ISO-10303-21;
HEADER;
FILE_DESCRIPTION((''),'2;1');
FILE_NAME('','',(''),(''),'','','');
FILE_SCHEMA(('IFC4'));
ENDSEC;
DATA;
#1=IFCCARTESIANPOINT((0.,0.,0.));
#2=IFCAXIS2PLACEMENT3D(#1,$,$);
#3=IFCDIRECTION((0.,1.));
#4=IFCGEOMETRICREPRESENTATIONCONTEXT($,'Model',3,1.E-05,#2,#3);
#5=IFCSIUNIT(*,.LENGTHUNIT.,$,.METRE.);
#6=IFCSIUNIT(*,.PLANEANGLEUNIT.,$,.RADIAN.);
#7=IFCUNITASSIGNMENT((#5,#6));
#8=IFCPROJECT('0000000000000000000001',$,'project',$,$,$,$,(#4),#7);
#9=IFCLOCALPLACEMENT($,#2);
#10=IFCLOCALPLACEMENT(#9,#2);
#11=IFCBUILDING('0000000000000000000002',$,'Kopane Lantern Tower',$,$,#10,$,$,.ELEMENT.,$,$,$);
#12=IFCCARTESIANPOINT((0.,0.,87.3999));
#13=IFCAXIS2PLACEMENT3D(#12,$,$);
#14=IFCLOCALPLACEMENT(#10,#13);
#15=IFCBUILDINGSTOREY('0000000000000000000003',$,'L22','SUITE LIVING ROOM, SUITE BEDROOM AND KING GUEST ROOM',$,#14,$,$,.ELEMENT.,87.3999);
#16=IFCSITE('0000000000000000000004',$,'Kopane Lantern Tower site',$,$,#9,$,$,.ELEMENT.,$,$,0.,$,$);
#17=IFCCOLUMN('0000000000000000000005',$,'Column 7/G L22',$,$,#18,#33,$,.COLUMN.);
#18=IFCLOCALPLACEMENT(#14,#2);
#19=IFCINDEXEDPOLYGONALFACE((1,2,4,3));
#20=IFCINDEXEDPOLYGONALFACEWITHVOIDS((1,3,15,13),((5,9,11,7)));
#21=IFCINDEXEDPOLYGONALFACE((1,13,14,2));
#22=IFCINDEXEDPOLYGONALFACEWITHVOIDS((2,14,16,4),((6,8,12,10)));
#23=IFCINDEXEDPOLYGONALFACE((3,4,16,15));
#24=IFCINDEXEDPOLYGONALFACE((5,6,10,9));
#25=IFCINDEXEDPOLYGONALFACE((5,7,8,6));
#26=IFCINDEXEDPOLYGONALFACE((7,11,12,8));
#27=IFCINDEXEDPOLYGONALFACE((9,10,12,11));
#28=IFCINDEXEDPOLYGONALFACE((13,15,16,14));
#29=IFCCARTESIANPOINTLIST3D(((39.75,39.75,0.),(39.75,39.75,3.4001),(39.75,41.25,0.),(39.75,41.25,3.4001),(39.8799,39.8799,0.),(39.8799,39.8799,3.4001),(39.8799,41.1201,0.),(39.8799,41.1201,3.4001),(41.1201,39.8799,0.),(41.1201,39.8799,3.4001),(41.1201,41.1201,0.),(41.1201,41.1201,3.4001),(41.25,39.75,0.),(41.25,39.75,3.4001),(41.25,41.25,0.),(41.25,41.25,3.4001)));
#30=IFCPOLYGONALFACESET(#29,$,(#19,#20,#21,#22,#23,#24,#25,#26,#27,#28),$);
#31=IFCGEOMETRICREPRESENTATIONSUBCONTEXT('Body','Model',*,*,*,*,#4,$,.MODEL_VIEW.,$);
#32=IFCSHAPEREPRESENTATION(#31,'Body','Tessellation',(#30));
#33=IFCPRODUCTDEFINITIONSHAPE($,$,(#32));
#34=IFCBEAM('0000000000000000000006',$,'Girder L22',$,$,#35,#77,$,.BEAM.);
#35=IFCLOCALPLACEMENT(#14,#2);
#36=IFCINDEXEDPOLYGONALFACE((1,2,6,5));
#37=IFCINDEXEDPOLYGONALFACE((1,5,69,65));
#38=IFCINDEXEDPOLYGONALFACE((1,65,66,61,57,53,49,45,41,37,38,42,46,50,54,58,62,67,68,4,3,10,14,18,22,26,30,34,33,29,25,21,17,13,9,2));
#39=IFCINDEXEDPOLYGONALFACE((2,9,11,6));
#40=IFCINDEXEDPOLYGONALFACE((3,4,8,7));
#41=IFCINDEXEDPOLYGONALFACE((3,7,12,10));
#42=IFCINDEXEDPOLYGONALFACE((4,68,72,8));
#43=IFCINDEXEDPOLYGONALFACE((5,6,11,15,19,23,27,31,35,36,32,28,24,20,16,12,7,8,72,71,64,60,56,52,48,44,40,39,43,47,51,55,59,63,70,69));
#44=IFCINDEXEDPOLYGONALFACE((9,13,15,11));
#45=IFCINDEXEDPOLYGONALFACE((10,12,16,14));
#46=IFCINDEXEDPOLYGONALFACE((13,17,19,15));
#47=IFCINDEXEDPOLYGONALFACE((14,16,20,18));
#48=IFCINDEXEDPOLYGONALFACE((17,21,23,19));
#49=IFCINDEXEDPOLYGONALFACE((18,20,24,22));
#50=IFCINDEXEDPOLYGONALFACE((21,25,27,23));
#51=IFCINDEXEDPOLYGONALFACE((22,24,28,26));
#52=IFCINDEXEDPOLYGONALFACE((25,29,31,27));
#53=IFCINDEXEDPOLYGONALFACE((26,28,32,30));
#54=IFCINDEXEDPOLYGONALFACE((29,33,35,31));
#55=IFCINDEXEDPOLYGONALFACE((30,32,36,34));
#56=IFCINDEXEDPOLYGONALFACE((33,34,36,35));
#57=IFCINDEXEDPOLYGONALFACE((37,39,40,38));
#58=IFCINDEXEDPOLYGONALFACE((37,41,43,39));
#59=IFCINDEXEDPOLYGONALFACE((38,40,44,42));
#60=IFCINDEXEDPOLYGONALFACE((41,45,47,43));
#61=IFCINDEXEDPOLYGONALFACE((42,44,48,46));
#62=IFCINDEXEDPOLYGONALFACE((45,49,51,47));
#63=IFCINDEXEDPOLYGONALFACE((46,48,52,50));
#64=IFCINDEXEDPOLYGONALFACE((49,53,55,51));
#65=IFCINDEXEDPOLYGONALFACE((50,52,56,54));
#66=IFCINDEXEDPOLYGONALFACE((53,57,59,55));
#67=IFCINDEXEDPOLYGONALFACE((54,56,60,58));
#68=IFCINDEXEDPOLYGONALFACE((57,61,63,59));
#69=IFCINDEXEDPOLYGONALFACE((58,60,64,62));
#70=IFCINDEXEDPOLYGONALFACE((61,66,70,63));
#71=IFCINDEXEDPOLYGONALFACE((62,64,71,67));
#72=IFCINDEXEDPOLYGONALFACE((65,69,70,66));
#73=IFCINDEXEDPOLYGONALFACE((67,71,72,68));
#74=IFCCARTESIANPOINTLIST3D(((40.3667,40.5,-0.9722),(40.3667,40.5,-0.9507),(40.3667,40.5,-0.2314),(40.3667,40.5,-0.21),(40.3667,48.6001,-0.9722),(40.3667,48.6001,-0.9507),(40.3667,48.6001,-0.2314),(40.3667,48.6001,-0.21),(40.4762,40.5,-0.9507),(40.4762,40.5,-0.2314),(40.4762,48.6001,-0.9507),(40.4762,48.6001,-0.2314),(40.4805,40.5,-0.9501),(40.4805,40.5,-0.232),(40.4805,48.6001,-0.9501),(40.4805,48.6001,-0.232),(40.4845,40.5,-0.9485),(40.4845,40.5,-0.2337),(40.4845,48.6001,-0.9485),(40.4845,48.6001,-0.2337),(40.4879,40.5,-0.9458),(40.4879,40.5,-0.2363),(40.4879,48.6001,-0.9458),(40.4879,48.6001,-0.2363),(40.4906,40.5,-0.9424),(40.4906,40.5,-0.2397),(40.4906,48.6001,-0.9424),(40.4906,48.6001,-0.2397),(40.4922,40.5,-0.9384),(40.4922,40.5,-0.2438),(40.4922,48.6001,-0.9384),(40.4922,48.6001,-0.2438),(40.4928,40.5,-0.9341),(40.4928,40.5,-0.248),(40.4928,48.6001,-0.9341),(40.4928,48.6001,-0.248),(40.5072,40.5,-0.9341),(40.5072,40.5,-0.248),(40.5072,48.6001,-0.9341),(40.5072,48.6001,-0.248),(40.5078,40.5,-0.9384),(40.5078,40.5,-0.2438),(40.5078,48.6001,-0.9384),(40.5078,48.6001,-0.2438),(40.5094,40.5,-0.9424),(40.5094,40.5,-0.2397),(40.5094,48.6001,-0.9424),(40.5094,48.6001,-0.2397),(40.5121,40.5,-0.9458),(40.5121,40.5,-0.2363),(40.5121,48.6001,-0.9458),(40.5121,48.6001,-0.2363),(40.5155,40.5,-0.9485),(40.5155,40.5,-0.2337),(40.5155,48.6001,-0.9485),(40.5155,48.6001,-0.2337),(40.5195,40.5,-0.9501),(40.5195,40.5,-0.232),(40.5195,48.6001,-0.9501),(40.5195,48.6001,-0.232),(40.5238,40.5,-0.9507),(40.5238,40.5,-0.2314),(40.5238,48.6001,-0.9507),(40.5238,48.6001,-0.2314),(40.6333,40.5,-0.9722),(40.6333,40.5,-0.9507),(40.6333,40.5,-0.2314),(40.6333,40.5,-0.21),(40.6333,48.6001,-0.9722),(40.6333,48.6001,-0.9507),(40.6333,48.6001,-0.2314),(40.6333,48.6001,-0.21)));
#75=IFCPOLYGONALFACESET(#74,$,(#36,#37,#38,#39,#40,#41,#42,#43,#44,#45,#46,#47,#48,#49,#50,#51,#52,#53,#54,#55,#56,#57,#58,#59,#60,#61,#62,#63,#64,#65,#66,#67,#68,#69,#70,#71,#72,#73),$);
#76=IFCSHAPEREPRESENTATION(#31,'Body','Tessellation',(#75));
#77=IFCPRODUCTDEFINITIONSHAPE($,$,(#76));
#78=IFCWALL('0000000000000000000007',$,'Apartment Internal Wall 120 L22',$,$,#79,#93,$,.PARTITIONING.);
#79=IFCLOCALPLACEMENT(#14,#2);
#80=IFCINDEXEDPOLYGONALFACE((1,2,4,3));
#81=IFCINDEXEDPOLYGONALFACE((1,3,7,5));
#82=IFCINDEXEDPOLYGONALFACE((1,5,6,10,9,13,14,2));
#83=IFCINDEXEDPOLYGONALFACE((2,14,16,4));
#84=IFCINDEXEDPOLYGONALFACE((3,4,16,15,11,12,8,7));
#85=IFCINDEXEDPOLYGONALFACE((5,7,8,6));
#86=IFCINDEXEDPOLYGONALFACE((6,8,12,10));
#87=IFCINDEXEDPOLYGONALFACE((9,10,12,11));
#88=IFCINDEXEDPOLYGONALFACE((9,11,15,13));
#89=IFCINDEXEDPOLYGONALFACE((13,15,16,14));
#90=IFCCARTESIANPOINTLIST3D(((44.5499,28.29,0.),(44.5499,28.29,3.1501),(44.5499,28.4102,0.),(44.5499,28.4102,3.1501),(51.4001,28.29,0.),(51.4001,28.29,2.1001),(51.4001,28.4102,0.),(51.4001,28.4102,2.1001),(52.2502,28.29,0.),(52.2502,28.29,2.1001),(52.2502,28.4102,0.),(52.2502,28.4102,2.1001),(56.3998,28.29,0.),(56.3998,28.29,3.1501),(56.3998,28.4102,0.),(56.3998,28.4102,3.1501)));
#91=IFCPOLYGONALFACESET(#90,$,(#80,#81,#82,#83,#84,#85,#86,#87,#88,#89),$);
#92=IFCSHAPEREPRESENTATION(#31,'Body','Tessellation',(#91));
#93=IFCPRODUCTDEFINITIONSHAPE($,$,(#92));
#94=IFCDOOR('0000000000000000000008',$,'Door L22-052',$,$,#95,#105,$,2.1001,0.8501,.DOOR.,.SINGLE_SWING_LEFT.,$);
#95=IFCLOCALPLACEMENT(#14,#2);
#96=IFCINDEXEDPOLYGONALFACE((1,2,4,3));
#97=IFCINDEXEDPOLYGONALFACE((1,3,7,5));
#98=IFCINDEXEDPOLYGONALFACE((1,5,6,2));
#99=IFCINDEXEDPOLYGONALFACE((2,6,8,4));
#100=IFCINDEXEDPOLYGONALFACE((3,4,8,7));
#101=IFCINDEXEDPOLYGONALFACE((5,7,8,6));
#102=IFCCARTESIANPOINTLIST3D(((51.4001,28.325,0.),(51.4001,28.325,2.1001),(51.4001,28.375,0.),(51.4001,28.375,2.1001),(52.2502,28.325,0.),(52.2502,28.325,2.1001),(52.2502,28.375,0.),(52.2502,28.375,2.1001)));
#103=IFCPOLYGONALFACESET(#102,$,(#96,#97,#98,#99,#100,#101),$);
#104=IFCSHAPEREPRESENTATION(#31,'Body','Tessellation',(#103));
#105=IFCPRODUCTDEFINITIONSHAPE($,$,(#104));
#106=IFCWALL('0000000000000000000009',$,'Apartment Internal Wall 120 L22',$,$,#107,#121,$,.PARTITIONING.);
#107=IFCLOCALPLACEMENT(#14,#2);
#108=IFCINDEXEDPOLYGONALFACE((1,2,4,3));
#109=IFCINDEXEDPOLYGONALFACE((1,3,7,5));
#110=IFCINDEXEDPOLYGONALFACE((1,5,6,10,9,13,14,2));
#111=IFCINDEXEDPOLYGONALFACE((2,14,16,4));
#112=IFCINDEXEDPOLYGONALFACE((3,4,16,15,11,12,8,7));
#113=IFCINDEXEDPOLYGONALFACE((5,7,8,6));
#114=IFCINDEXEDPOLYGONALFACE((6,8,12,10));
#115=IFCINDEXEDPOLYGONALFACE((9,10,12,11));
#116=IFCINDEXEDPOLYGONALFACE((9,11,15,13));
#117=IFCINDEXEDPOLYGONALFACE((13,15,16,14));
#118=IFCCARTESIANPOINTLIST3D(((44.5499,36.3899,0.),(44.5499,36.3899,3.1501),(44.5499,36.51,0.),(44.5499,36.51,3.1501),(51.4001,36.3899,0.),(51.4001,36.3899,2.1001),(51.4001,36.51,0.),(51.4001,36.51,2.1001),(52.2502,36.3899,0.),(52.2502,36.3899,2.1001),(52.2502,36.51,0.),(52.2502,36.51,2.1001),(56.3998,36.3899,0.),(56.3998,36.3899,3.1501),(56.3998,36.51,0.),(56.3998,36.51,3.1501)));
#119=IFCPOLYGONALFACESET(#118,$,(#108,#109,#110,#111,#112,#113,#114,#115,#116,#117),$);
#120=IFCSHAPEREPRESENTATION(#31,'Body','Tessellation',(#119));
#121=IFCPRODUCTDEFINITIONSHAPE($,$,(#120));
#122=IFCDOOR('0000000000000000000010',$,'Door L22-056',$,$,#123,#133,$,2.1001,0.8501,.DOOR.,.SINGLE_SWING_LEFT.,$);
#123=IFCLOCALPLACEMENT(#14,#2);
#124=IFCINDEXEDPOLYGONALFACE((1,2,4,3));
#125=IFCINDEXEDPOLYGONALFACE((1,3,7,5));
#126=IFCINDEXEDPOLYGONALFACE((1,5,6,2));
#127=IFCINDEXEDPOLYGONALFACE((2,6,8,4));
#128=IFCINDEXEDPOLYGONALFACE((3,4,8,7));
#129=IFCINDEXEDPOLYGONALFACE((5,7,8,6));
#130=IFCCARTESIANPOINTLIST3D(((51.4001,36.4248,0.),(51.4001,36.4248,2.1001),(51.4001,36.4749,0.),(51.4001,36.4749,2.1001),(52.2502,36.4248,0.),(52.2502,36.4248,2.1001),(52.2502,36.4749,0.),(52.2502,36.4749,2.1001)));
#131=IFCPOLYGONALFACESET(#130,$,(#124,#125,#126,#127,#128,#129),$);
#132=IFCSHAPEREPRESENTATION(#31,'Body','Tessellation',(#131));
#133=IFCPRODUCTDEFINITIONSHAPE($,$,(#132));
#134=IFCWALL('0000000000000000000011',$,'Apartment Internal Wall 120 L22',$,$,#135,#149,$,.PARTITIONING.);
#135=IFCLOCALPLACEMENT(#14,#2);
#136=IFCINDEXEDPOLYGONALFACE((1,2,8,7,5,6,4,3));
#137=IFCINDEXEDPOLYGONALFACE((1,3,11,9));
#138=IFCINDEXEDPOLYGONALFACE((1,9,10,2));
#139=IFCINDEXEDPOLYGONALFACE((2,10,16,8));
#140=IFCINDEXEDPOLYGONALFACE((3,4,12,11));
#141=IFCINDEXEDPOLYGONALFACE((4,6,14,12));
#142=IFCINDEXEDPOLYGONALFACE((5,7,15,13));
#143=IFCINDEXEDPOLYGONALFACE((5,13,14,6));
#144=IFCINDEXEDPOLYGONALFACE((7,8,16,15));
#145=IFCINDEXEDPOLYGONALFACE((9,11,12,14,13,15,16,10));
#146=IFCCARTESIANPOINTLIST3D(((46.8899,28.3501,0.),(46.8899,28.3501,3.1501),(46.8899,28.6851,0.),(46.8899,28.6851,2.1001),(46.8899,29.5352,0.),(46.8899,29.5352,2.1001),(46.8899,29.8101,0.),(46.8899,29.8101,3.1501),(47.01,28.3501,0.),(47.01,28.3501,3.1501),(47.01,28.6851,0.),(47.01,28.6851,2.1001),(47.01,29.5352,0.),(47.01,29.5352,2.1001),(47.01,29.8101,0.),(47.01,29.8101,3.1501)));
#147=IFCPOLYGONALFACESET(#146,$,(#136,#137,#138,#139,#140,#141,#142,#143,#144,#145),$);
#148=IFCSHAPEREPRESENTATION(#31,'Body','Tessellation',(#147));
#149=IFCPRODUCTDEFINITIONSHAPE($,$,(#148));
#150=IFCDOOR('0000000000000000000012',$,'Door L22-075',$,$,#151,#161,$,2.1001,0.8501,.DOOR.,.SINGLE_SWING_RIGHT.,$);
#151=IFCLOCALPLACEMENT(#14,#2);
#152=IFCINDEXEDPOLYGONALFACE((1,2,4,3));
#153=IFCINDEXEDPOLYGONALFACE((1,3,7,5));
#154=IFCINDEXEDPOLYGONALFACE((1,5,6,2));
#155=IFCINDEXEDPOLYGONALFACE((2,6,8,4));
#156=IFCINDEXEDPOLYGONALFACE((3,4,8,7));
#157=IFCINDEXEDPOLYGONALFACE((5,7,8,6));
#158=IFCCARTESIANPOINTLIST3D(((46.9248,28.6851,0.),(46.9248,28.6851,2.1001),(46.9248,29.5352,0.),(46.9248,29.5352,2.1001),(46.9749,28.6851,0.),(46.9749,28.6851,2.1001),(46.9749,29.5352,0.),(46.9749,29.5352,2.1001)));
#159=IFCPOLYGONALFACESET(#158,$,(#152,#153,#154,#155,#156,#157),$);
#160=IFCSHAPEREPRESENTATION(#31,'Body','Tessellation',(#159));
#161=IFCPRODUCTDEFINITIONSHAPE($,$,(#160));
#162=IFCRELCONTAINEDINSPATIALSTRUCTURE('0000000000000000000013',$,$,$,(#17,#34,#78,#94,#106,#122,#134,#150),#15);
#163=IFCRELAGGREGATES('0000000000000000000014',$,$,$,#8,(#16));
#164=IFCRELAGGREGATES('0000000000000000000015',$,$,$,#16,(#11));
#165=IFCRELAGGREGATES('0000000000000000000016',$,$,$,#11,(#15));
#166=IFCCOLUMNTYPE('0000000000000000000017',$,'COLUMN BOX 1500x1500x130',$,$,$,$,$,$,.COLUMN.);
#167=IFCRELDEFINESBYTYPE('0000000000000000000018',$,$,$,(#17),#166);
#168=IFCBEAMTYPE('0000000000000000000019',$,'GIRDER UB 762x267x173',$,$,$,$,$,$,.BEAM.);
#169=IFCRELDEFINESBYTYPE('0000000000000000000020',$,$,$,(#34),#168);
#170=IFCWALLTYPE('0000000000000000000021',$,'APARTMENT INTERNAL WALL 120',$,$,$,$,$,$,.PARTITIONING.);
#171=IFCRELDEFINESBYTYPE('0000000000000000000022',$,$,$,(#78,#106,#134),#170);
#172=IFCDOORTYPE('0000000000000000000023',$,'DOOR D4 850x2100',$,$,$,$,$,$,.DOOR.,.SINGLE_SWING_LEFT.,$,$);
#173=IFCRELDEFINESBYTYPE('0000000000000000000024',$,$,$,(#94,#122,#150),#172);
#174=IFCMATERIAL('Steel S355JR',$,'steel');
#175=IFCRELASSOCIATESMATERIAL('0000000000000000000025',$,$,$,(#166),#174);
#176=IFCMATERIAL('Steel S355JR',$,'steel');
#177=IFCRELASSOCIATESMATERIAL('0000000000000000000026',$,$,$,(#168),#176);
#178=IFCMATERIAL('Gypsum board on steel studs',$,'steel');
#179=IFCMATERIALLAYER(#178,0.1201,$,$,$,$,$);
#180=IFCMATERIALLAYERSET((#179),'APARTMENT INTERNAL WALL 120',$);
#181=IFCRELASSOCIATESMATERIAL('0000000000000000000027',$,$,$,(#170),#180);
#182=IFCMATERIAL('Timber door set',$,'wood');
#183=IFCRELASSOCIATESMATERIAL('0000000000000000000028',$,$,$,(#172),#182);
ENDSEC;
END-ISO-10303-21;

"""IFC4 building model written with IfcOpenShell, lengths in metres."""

from ifc_helpers import new_model, si_unit, direction, frame, frame_2d, origin, origin_2d, place, context, subcontext, project, spatial, rectangle, hollow_rectangle, i_section, extrude, material, layer, layer_set, material_profile, profile_set, type_object, element, fill, save


model = new_model("IFC4")

# Units and contexts
model_context = context("Model", 3, precision=1e-05, world=origin(), true_north=direction((0.0, 1.0)))
body_context = subcontext(model_context, "Body", "Model", "MODEL_VIEW")
ifc_project = project(units=[si_unit("LENGTHUNIT", "METRE"), si_unit("PLANEANGLEUNIT", "RADIAN")], contexts=[model_context])

# Site, building, storey
site_placement = place(None, origin())
site = spatial("IfcSite", under=ifc_project, at=site_placement, Name="Kopane Lantern Tower site", CompositionType="ELEMENT", RefElevation=0.0)
building_placement = place(site_placement, origin())
building = spatial("IfcBuilding", under=site, at=building_placement, Name="Kopane Lantern Tower", CompositionType="ELEMENT")
storey_placement = place(building_placement, frame((0.0, 0.0, 87.3999)))
storey = spatial("IfcBuildingStorey", under=building, at=storey_placement, Name="L22", Description="SUITE LIVING ROOM, SUITE BEDROOM AND KING GUEST ROOM", CompositionType="ELEMENT", Elevation=87.3999)

# Column
ifc_material_1 = material(Name="Steel S355JR", Category="steel")
ifc_material_profile_1 = material_profile(ifc_material_1, hollow_rectangle(XDim=1.5, YDim=1.5, WallThickness=0.1299, at=origin_2d()), Name="BOX 1500x1500x130")
ifc_profile_set_1 = profile_set([ifc_material_profile_1], Name="Steel S355JR")
column_type = type_object("IfcColumnType", Name="COLUMN BOX 1500x1500x130", PredefinedType="COLUMN", material=ifc_profile_set_1)
column_placement = place(storey_placement, frame((40.5, 40.5, 0.0), z_axis=(0.0, 0.0, 1.0), x_axis=(1.0, 0.0, 0.0)))
element("IfcColumn", 1, at=column_placement, inside=storey, type_object=column_type, Name="Column 7/G L22", PredefinedType="COLUMN", context=body_context, shape_type="SweptSolid", body=[
    extrude(hollow_rectangle(XDim=1.5, YDim=1.5, WallThickness=0.1299, at=origin_2d()), origin(), (0.0, 0.0, 1.0), 3.4001),
])

# Beam
ifc_material_2 = material(Name="Steel S355JR", Category="steel")
ifc_material_profile_2 = material_profile(ifc_material_2, i_section(OverallWidth=0.2666, OverallDepth=0.7622, WebThickness=0.0144, FlangeThickness=0.0215, FilletRadius=0.0166, at=origin_2d()), Name="UB 762x267x173")
ifc_profile_set_2 = profile_set([ifc_material_profile_2], Name="Steel S355JR")
beam_type = type_object("IfcBeamType", Name="GIRDER UB 762x267x173", PredefinedType="BEAM", material=ifc_profile_set_2)
beam_placement = place(storey_placement, frame((40.5, 40.5, -0.5911), z_axis=(0.0, 1.0, 0.0), x_axis=(-1.0, 0.0, 0.0)))
element("IfcBeam", 2, at=beam_placement, inside=storey, type_object=beam_type, Name="Girder L22", PredefinedType="BEAM", context=body_context, shape_type="SweptSolid", body=[
    extrude(i_section(OverallWidth=0.2666, OverallDepth=0.7622, WebThickness=0.0144, FlangeThickness=0.0215, FilletRadius=0.0166, at=origin_2d()), origin(), (0.0, 0.0, 1.0), 8.1001),
])

# Walls, openings, doors
ifc_material_3 = material(Name="Gypsum board on steel studs", Category="steel")
ifc_layer_1 = layer(ifc_material_3, 0.1201)
ifc_layer_set_1 = layer_set([ifc_layer_1], Name="APARTMENT INTERNAL WALL 120")
wall_type_1 = type_object("IfcWallType", Name="APARTMENT INTERNAL WALL 120", PredefinedType="PARTITIONING", material=ifc_layer_set_1)
wall_1_placement = place(storey_placement, frame((44.55, 28.3501, 0.0), z_axis=(0.0, 0.0, 1.0), x_axis=(1.0, 0.0, 0.0)))
wall_1 = element("IfcWall", 3, at=wall_1_placement, inside=storey, type_object=wall_type_1, Name="Apartment Internal Wall 120 L22", PredefinedType="PARTITIONING", context=body_context, shape_type="SweptSolid", body=[
    extrude(rectangle(XDim=11.8499, YDim=0.1201, at=frame_2d((5.9248, 0.0))), origin(), (0.0, 0.0, 1.0), 3.1501),
])
opening_1_placement = place(wall_1_placement, frame((6.8501, 0.0, 0.0)))
opening_1 = element("IfcOpeningElement", 4, at=opening_1_placement, cuts=wall_1, PredefinedType="OPENING", context=body_context, shape_type="SweptSolid", body=[
    extrude(rectangle(XDim=0.8501, YDim=2.1001, at=frame_2d((0.425, 1.05))), frame((0.0, 0.0701, 0.0), z_axis=(0.0, -1.0, 0.0), x_axis=(1.0, 0.0, 0.0)), (0.0, 0.0, 1.0), 0.1401),
])
ifc_material_4 = material(Name="Timber door set", Category="wood")
door_type_1 = type_object("IfcDoorType", Name="DOOR D4 850x2100", OperationType="SINGLE_SWING_LEFT", PredefinedType="DOOR", material=ifc_material_4)
door_1_placement = place(opening_1_placement, origin())
door_1 = element("IfcDoor", 5, at=door_1_placement, inside=storey, type_object=door_type_1, Name="Door L22-052", OperationType="SINGLE_SWING_LEFT", OverallHeight=2.1001, OverallWidth=0.8501, PredefinedType="DOOR", context=body_context, shape_type="SweptSolid", body=[
    extrude(rectangle(XDim=0.8501, YDim=2.1001, at=frame_2d((0.425, 1.05))), frame((0.0, 0.0249, 0.0), z_axis=(0.0, -1.0, 0.0), x_axis=(1.0, 0.0, 0.0)), (0.0, 0.0, 1.0), 0.05),
])
fill(opening_1, door_1)
wall_2_placement = place(storey_placement, frame((44.55, 36.45, 0.0), z_axis=(0.0, 0.0, 1.0), x_axis=(1.0, 0.0, 0.0)))
wall_2 = element("IfcWall", 6, at=wall_2_placement, inside=storey, type_object=wall_type_1, Name="Apartment Internal Wall 120 L22", PredefinedType="PARTITIONING", context=body_context, shape_type="SweptSolid", body=[
    extrude(rectangle(XDim=11.8499, YDim=0.1201, at=frame_2d((5.9248, 0.0))), origin(), (0.0, 0.0, 1.0), 3.1501),
])
opening_2_placement = place(wall_2_placement, frame((6.8501, 0.0, 0.0)))
opening_2 = element("IfcOpeningElement", 7, at=opening_2_placement, cuts=wall_2, PredefinedType="OPENING", context=body_context, shape_type="SweptSolid", body=[
    extrude(rectangle(XDim=0.8501, YDim=2.1001, at=frame_2d((0.425, 1.05))), frame((0.0, 0.0701, 0.0), z_axis=(0.0, -1.0, 0.0), x_axis=(1.0, 0.0, 0.0)), (0.0, 0.0, 1.0), 0.1401),
])
door_2_placement = place(opening_2_placement, origin())
door_2 = element("IfcDoor", 8, at=door_2_placement, inside=storey, type_object=door_type_1, Name="Door L22-056", OperationType="SINGLE_SWING_LEFT", OverallHeight=2.1001, OverallWidth=0.8501, PredefinedType="DOOR", context=body_context, shape_type="SweptSolid", body=[
    extrude(rectangle(XDim=0.8501, YDim=2.1001, at=frame_2d((0.425, 1.05))), frame((0.0, 0.0249, 0.0), z_axis=(0.0, -1.0, 0.0), x_axis=(1.0, 0.0, 0.0)), (0.0, 0.0, 1.0), 0.05),
])
fill(opening_2, door_2)
wall_3_placement = place(storey_placement, frame((46.95, 29.8101, 0.0), z_axis=(0.0, 0.0, 1.0), x_axis=(0.0, -1.0, 0.0)))
wall_3 = element("IfcWall", 9, at=wall_3_placement, inside=storey, type_object=wall_type_1, Name="Apartment Internal Wall 120 L22", PredefinedType="PARTITIONING", context=body_context, shape_type="SweptSolid", body=[
    extrude(rectangle(XDim=1.46, YDim=0.1201, at=frame_2d((0.73, 0.0))), origin(), (0.0, 0.0, 1.0), 3.1501),
])
opening_3_placement = place(wall_3_placement, frame((0.2749, 0.0, 0.0)))
opening_3 = element("IfcOpeningElement", 10, at=opening_3_placement, cuts=wall_3, PredefinedType="OPENING", context=body_context, shape_type="SweptSolid", body=[
    extrude(rectangle(XDim=0.8501, YDim=2.1001, at=frame_2d((0.425, 1.05))), frame((0.0, 0.0701, 0.0), z_axis=(0.0, -1.0, 0.0), x_axis=(1.0, 0.0, 0.0)), (0.0, 0.0, 1.0), 0.1401),
])
door_3_placement = place(opening_3_placement, origin())
door_3 = element("IfcDoor", 11, at=door_3_placement, inside=storey, type_object=door_type_1, Name="Door L22-075", OperationType="SINGLE_SWING_RIGHT", OverallHeight=2.1001, OverallWidth=0.8501, PredefinedType="DOOR", context=body_context, shape_type="SweptSolid", body=[
    extrude(rectangle(XDim=0.8501, YDim=2.1001, at=frame_2d((0.425, 1.05))), frame((0.0, 0.0249, 0.0), z_axis=(0.0, -1.0, 0.0), x_axis=(1.0, 0.0, 0.0)), (0.0, 0.0, 1.0), 0.05),
])
fill(opening_3, door_3)

save(model, "model.ifc")
